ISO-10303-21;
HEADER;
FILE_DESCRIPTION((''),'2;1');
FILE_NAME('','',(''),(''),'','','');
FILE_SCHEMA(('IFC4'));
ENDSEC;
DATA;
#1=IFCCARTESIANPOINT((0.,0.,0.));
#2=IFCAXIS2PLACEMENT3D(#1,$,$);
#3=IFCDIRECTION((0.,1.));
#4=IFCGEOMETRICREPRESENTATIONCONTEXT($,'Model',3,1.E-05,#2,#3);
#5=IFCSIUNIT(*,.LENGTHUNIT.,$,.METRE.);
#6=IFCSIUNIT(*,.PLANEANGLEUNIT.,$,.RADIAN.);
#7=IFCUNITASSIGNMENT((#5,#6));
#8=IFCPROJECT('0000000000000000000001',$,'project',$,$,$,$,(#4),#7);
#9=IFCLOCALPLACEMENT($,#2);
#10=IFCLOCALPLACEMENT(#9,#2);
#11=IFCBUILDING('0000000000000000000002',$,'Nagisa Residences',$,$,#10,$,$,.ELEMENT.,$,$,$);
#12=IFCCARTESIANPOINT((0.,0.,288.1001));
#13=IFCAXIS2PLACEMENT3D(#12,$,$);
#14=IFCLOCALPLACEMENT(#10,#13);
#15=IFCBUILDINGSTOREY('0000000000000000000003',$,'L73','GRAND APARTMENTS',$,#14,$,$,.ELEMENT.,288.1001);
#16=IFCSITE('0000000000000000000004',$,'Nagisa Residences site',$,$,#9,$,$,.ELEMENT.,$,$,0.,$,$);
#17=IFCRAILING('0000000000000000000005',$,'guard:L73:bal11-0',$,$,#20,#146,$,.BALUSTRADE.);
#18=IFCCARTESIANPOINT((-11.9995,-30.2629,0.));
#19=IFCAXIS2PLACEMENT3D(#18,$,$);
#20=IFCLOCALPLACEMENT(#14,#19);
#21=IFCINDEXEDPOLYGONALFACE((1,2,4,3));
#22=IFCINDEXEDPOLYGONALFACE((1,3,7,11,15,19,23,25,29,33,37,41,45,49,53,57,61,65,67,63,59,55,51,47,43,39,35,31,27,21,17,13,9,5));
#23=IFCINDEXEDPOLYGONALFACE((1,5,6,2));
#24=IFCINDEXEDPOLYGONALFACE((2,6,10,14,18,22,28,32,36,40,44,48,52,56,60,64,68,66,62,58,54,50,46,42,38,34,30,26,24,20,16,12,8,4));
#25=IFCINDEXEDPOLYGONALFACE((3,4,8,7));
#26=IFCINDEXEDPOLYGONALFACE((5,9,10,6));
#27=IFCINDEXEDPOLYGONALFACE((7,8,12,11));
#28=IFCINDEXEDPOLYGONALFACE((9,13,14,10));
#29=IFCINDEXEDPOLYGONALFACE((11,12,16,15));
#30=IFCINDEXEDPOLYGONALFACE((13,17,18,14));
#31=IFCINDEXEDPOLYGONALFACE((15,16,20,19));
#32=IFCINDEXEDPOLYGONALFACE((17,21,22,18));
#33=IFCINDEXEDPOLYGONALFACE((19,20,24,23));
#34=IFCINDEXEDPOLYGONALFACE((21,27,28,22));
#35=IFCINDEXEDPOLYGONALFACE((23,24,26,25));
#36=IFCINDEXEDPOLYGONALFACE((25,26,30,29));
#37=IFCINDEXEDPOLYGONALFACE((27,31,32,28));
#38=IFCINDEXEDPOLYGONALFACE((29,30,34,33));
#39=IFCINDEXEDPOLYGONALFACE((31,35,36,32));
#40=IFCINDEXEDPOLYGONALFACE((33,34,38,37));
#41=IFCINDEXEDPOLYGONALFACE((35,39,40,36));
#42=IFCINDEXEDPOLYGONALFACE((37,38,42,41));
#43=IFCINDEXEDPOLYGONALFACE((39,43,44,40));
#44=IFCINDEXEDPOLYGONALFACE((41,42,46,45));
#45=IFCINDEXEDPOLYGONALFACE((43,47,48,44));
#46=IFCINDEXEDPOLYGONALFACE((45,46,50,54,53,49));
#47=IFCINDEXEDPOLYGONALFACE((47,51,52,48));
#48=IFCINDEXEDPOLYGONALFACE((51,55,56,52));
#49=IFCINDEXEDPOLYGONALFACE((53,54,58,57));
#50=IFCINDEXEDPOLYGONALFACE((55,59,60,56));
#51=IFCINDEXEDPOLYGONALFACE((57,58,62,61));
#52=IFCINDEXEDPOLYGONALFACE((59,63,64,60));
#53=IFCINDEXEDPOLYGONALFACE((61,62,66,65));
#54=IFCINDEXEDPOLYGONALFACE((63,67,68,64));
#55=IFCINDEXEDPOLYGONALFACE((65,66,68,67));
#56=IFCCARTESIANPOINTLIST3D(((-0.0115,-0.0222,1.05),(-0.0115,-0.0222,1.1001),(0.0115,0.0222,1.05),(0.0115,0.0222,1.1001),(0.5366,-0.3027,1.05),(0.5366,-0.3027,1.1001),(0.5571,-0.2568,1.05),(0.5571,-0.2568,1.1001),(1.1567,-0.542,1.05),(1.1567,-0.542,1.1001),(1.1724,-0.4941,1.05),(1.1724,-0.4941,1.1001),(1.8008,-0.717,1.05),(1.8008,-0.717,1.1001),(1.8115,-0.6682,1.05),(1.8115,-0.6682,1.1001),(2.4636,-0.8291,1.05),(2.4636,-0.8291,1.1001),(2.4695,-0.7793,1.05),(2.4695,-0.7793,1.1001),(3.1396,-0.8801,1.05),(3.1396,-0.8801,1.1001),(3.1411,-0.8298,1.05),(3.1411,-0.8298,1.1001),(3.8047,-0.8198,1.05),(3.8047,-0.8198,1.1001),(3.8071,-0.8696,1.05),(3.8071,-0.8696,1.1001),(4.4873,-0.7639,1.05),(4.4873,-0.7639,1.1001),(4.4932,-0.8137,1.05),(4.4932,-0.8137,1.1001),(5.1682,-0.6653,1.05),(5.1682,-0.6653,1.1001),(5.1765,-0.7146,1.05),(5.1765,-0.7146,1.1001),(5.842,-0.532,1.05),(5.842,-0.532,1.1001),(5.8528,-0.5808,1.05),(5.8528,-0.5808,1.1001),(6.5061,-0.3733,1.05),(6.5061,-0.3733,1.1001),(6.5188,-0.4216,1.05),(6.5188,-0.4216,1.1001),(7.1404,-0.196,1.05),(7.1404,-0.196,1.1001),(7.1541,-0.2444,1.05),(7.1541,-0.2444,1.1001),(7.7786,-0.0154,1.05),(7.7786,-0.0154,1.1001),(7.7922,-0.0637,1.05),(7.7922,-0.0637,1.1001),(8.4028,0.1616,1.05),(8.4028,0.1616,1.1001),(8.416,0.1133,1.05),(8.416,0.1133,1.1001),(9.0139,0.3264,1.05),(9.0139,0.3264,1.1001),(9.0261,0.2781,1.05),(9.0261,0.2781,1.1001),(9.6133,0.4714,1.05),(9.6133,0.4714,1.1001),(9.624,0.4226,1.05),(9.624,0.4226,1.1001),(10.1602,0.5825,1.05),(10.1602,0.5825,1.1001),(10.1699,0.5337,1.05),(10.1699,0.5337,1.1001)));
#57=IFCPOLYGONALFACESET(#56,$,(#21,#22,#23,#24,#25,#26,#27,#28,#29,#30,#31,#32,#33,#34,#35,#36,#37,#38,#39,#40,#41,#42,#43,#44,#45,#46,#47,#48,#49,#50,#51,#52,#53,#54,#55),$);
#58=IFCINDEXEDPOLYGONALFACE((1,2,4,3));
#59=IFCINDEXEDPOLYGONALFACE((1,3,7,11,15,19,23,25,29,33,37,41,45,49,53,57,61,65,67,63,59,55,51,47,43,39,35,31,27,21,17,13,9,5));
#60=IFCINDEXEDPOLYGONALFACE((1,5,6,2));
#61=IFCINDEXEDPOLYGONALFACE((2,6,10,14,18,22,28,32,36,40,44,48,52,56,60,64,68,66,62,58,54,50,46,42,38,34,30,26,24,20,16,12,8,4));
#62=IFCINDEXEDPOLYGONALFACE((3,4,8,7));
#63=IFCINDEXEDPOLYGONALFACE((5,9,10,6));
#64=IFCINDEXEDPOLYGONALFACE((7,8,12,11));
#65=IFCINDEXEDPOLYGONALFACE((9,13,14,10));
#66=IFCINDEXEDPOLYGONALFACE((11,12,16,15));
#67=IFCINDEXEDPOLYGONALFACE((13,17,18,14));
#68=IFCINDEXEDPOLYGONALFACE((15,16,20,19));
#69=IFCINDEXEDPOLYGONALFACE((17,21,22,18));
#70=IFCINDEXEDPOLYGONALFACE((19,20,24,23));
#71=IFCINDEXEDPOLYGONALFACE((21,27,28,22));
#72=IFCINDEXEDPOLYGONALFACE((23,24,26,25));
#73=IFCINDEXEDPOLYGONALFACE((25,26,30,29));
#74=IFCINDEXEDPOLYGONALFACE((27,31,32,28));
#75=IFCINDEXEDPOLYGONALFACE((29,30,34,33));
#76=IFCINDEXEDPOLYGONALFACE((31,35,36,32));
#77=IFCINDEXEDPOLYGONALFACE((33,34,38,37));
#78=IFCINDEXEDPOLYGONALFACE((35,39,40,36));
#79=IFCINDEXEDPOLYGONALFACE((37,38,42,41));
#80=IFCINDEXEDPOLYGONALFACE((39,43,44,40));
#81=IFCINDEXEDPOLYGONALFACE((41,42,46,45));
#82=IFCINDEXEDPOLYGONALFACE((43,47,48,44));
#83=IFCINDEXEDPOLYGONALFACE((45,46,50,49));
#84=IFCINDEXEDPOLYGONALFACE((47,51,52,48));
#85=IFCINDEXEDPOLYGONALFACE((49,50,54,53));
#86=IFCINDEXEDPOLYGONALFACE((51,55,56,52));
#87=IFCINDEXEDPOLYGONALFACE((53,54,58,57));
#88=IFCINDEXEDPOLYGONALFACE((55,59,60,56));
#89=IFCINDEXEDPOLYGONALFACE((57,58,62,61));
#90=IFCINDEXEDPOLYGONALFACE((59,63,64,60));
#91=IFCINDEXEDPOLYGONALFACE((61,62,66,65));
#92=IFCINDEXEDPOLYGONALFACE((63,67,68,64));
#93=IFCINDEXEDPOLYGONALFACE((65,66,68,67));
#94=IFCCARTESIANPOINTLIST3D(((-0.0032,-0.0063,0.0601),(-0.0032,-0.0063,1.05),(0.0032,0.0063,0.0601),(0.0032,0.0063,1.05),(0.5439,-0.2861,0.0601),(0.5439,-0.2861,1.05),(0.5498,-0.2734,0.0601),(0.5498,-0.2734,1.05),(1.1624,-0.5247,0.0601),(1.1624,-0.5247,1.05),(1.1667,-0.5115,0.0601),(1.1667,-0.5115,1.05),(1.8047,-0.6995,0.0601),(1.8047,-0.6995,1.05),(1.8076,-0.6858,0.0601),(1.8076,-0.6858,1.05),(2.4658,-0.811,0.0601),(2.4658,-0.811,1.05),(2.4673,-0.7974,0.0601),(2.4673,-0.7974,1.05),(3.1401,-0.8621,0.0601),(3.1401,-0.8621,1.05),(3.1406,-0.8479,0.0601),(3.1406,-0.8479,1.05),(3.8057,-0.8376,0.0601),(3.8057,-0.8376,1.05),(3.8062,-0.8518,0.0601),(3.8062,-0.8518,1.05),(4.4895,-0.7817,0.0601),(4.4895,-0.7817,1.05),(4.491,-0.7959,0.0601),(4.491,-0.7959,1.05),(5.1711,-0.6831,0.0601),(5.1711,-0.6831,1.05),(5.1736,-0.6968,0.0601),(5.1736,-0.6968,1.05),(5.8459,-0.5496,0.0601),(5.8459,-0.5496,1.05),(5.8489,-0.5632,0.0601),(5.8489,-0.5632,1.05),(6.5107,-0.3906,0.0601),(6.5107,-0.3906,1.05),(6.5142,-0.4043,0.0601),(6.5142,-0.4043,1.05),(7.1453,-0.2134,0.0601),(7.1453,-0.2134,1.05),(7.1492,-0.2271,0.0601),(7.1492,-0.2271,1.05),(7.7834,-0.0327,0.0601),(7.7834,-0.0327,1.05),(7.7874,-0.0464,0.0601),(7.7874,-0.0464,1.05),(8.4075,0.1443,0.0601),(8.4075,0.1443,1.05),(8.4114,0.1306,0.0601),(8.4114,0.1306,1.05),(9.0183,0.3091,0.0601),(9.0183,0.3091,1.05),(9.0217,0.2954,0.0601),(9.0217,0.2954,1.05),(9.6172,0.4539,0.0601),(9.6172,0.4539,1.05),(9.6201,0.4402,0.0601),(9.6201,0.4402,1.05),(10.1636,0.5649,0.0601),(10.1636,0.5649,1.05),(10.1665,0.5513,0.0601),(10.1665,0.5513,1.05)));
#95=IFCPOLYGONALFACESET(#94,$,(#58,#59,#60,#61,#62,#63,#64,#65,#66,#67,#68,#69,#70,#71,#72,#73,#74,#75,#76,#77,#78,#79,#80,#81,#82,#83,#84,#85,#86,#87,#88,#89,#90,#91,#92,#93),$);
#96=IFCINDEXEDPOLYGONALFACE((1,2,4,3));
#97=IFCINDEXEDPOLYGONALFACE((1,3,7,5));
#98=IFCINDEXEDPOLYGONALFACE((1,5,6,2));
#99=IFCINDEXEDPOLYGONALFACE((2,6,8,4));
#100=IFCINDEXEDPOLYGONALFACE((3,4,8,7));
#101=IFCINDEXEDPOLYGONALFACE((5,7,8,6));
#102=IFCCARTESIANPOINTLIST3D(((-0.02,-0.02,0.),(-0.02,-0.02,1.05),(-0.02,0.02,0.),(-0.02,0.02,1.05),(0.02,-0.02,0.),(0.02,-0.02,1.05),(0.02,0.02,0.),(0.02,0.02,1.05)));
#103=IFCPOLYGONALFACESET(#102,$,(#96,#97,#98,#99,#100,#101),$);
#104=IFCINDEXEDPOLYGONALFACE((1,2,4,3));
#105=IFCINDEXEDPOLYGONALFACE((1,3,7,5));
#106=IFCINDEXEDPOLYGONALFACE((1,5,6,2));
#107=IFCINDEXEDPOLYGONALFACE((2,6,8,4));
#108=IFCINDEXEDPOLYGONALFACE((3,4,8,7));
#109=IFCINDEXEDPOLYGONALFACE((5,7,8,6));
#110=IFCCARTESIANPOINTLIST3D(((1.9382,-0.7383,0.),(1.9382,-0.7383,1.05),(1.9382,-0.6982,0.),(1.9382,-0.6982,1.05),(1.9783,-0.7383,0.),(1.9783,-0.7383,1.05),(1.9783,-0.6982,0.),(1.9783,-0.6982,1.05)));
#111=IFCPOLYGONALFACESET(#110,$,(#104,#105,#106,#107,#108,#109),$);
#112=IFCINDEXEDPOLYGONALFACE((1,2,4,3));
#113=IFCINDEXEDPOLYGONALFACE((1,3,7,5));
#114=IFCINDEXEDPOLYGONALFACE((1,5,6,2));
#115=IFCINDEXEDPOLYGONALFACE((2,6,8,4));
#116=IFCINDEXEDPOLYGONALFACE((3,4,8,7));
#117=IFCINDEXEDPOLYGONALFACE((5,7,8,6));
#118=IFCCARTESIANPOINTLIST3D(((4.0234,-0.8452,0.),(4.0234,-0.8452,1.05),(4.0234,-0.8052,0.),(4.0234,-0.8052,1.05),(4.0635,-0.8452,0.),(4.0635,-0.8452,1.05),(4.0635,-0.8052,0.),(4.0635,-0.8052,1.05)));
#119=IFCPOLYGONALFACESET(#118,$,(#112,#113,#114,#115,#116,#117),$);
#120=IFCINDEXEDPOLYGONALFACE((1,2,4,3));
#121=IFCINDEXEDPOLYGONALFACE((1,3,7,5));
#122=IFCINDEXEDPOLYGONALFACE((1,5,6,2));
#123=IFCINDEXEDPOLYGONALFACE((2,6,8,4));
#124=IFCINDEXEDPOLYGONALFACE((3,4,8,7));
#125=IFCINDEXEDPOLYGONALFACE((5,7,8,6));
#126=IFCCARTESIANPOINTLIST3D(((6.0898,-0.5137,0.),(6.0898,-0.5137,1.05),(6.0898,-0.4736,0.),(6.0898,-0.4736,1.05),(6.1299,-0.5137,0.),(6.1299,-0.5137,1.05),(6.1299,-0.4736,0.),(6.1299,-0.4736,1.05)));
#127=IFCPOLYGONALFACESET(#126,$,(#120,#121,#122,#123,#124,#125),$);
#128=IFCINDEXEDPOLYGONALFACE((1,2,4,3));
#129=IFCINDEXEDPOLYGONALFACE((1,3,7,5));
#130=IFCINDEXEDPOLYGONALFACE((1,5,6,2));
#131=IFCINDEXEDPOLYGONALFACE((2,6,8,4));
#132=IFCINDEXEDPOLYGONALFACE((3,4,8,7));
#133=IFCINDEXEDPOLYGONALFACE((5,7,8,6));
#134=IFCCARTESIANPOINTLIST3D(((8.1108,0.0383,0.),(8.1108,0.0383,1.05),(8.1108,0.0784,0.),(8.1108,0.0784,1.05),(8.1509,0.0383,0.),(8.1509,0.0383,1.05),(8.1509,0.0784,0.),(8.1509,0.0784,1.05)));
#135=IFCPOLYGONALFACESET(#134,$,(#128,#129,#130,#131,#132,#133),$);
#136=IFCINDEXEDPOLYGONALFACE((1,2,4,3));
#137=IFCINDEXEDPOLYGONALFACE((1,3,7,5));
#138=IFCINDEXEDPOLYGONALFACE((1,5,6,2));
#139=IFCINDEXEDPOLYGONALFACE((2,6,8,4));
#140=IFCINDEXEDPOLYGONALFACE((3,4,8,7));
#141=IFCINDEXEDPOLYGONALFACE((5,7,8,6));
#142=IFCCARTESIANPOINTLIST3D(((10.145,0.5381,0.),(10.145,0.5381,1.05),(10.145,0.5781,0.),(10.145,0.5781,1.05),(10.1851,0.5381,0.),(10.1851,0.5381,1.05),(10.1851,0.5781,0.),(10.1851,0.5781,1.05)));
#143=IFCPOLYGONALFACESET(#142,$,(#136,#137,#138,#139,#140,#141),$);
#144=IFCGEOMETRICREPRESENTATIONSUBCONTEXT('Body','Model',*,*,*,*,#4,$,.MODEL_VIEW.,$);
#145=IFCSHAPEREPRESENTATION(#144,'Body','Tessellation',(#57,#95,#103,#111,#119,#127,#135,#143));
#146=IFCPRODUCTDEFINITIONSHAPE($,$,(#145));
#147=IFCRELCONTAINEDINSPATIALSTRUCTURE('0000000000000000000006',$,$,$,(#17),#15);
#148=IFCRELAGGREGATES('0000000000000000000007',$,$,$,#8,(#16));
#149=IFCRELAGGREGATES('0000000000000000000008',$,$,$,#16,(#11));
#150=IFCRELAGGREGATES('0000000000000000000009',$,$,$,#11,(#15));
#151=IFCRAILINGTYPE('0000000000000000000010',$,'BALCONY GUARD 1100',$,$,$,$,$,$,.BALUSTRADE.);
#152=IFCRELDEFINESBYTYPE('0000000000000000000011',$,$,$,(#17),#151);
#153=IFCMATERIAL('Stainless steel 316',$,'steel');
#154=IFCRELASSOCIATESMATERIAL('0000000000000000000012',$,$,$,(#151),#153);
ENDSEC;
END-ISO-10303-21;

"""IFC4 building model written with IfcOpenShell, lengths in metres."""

from ifc_helpers import new_model, si_unit, direction, frame, origin, origin_2d, place, context, subcontext, project, spatial, polyline, rectangle, outline, extrude, material, type_object, element, save


model = new_model("IFC4")

# Units and contexts
model_context = context("Model", 3, precision=1e-05, world=origin(), true_north=direction((0.0, 1.0)))
body_context = subcontext(model_context, "Body", "Model", "MODEL_VIEW")
ifc_project = project(units=[si_unit("LENGTHUNIT", "METRE"), si_unit("PLANEANGLEUNIT", "RADIAN")], contexts=[model_context])

# Site, building, storey
site_placement = place(None, origin())
site = spatial("IfcSite", under=ifc_project, at=site_placement, Name="Nagisa Residences site", CompositionType="ELEMENT", RefElevation=0.0)
building_placement = place(site_placement, origin())
building = spatial("IfcBuilding", under=site, at=building_placement, Name="Nagisa Residences", CompositionType="ELEMENT")
storey_placement = place(building_placement, frame((0.0, 0.0, 288.1001)))
storey = spatial("IfcBuildingStorey", under=building, at=storey_placement, Name="L73", Description="GRAND APARTMENTS", CompositionType="ELEMENT", Elevation=288.1001)

# Railing
ifc_material_1 = material(Name="Stainless steel 316", Category="steel")
railing_type = type_object("IfcRailingType", Name="BALCONY GUARD 1100", PredefinedType="BALUSTRADE", material=ifc_material_1)
railing_1_placement = place(storey_placement, frame((-11.9995, -30.2629, 0.0)))
element("IfcRailing", 1, at=railing_1_placement, inside=storey, type_object=railing_type, Name="guard:L73:bal11-0", PredefinedType="BALUSTRADE", context=body_context, shape_type="SweptSolid", body=[
    extrude(outline(polyline([(0.5571, -0.2568), (0.0115, 0.0222), (-0.0115, -0.0222), (0.5366, -0.3027), (1.1567, -0.542), (1.8008, -0.717), (2.4636, -0.8291), (3.1396, -0.8801), (3.8071, -0.8696), (4.4932, -0.8137), (5.1765, -0.7146), (5.8528, -0.5808), (6.5188, -0.4216), (7.1541, -0.2444), (7.7922, -0.0637), (8.416, 0.1133), (9.0261, 0.2781), (9.624, 0.4226), (10.1699, 0.5337), (10.1602, 0.5825), (9.6133, 0.4714), (9.0139, 0.3264), (8.4028, 0.1616), (7.7786, -0.0154), (7.1404, -0.196), (6.5061, -0.3733), (5.842, -0.532), (5.1682, -0.6653), (4.4873, -0.7639), (3.8047, -0.8198), (3.1411, -0.8298), (2.4695, -0.7793), (1.8115, -0.6682), (1.1724, -0.4941), (0.5571, -0.2568)])), frame((0.0, 0.0, 1.05)), (0.0, 0.0, 1.0), 0.05),
    extrude(outline(polyline([(0.5498, -0.2734), (0.0032, 0.0063), (-0.0032, -0.0063), (0.5439, -0.2861), (1.1624, -0.5247), (1.8047, -0.6995), (2.4658, -0.811), (3.1401, -0.8621), (3.8062, -0.8518), (4.491, -0.7959), (5.1736, -0.6968), (5.8489, -0.5632), (6.5142, -0.4043), (7.1492, -0.2271), (7.7874, -0.0464), (8.4114, 0.1306), (9.0217, 0.2954), (9.6201, 0.4402), (10.1665, 0.5513), (10.1636, 0.5649), (9.6172, 0.4539), (9.0183, 0.3091), (8.4075, 0.1443), (7.7834, -0.0327), (7.1453, -0.2134), (6.5107, -0.3906), (5.8459, -0.5496), (5.1711, -0.6831), (4.4895, -0.7817), (3.8057, -0.8376), (3.1406, -0.8479), (2.4673, -0.7974), (1.8076, -0.6858), (1.1667, -0.5115), (0.5498, -0.2734)])), frame((0.0, 0.0, 0.0601)), (0.0, 0.0, 1.0), 0.99),
    extrude(rectangle(XDim=0.04, YDim=0.04, at=origin_2d()), origin(), (0.0, 0.0, 1.0), 1.05),
    extrude(rectangle(XDim=0.04, YDim=0.04, at=origin_2d()), frame((1.9583, -0.7183, 0.0)), (0.0, 0.0, 1.0), 1.05),
    extrude(rectangle(XDim=0.04, YDim=0.04, at=origin_2d()), frame((4.0435, -0.8252, 0.0)), (0.0, 0.0, 1.0), 1.05),
    extrude(rectangle(XDim=0.04, YDim=0.04, at=origin_2d()), frame((6.1099, -0.4937, 0.0)), (0.0, 0.0, 1.0), 1.05),
    extrude(rectangle(XDim=0.04, YDim=0.04, at=origin_2d()), frame((8.1309, 0.0583, 0.0)), (0.0, 0.0, 1.0), 1.05),
    extrude(rectangle(XDim=0.04, YDim=0.04, at=origin_2d()), frame((10.165, 0.5581, 0.0)), (0.0, 0.0, 1.0), 1.05),
])

save(model, "model.ifc")
